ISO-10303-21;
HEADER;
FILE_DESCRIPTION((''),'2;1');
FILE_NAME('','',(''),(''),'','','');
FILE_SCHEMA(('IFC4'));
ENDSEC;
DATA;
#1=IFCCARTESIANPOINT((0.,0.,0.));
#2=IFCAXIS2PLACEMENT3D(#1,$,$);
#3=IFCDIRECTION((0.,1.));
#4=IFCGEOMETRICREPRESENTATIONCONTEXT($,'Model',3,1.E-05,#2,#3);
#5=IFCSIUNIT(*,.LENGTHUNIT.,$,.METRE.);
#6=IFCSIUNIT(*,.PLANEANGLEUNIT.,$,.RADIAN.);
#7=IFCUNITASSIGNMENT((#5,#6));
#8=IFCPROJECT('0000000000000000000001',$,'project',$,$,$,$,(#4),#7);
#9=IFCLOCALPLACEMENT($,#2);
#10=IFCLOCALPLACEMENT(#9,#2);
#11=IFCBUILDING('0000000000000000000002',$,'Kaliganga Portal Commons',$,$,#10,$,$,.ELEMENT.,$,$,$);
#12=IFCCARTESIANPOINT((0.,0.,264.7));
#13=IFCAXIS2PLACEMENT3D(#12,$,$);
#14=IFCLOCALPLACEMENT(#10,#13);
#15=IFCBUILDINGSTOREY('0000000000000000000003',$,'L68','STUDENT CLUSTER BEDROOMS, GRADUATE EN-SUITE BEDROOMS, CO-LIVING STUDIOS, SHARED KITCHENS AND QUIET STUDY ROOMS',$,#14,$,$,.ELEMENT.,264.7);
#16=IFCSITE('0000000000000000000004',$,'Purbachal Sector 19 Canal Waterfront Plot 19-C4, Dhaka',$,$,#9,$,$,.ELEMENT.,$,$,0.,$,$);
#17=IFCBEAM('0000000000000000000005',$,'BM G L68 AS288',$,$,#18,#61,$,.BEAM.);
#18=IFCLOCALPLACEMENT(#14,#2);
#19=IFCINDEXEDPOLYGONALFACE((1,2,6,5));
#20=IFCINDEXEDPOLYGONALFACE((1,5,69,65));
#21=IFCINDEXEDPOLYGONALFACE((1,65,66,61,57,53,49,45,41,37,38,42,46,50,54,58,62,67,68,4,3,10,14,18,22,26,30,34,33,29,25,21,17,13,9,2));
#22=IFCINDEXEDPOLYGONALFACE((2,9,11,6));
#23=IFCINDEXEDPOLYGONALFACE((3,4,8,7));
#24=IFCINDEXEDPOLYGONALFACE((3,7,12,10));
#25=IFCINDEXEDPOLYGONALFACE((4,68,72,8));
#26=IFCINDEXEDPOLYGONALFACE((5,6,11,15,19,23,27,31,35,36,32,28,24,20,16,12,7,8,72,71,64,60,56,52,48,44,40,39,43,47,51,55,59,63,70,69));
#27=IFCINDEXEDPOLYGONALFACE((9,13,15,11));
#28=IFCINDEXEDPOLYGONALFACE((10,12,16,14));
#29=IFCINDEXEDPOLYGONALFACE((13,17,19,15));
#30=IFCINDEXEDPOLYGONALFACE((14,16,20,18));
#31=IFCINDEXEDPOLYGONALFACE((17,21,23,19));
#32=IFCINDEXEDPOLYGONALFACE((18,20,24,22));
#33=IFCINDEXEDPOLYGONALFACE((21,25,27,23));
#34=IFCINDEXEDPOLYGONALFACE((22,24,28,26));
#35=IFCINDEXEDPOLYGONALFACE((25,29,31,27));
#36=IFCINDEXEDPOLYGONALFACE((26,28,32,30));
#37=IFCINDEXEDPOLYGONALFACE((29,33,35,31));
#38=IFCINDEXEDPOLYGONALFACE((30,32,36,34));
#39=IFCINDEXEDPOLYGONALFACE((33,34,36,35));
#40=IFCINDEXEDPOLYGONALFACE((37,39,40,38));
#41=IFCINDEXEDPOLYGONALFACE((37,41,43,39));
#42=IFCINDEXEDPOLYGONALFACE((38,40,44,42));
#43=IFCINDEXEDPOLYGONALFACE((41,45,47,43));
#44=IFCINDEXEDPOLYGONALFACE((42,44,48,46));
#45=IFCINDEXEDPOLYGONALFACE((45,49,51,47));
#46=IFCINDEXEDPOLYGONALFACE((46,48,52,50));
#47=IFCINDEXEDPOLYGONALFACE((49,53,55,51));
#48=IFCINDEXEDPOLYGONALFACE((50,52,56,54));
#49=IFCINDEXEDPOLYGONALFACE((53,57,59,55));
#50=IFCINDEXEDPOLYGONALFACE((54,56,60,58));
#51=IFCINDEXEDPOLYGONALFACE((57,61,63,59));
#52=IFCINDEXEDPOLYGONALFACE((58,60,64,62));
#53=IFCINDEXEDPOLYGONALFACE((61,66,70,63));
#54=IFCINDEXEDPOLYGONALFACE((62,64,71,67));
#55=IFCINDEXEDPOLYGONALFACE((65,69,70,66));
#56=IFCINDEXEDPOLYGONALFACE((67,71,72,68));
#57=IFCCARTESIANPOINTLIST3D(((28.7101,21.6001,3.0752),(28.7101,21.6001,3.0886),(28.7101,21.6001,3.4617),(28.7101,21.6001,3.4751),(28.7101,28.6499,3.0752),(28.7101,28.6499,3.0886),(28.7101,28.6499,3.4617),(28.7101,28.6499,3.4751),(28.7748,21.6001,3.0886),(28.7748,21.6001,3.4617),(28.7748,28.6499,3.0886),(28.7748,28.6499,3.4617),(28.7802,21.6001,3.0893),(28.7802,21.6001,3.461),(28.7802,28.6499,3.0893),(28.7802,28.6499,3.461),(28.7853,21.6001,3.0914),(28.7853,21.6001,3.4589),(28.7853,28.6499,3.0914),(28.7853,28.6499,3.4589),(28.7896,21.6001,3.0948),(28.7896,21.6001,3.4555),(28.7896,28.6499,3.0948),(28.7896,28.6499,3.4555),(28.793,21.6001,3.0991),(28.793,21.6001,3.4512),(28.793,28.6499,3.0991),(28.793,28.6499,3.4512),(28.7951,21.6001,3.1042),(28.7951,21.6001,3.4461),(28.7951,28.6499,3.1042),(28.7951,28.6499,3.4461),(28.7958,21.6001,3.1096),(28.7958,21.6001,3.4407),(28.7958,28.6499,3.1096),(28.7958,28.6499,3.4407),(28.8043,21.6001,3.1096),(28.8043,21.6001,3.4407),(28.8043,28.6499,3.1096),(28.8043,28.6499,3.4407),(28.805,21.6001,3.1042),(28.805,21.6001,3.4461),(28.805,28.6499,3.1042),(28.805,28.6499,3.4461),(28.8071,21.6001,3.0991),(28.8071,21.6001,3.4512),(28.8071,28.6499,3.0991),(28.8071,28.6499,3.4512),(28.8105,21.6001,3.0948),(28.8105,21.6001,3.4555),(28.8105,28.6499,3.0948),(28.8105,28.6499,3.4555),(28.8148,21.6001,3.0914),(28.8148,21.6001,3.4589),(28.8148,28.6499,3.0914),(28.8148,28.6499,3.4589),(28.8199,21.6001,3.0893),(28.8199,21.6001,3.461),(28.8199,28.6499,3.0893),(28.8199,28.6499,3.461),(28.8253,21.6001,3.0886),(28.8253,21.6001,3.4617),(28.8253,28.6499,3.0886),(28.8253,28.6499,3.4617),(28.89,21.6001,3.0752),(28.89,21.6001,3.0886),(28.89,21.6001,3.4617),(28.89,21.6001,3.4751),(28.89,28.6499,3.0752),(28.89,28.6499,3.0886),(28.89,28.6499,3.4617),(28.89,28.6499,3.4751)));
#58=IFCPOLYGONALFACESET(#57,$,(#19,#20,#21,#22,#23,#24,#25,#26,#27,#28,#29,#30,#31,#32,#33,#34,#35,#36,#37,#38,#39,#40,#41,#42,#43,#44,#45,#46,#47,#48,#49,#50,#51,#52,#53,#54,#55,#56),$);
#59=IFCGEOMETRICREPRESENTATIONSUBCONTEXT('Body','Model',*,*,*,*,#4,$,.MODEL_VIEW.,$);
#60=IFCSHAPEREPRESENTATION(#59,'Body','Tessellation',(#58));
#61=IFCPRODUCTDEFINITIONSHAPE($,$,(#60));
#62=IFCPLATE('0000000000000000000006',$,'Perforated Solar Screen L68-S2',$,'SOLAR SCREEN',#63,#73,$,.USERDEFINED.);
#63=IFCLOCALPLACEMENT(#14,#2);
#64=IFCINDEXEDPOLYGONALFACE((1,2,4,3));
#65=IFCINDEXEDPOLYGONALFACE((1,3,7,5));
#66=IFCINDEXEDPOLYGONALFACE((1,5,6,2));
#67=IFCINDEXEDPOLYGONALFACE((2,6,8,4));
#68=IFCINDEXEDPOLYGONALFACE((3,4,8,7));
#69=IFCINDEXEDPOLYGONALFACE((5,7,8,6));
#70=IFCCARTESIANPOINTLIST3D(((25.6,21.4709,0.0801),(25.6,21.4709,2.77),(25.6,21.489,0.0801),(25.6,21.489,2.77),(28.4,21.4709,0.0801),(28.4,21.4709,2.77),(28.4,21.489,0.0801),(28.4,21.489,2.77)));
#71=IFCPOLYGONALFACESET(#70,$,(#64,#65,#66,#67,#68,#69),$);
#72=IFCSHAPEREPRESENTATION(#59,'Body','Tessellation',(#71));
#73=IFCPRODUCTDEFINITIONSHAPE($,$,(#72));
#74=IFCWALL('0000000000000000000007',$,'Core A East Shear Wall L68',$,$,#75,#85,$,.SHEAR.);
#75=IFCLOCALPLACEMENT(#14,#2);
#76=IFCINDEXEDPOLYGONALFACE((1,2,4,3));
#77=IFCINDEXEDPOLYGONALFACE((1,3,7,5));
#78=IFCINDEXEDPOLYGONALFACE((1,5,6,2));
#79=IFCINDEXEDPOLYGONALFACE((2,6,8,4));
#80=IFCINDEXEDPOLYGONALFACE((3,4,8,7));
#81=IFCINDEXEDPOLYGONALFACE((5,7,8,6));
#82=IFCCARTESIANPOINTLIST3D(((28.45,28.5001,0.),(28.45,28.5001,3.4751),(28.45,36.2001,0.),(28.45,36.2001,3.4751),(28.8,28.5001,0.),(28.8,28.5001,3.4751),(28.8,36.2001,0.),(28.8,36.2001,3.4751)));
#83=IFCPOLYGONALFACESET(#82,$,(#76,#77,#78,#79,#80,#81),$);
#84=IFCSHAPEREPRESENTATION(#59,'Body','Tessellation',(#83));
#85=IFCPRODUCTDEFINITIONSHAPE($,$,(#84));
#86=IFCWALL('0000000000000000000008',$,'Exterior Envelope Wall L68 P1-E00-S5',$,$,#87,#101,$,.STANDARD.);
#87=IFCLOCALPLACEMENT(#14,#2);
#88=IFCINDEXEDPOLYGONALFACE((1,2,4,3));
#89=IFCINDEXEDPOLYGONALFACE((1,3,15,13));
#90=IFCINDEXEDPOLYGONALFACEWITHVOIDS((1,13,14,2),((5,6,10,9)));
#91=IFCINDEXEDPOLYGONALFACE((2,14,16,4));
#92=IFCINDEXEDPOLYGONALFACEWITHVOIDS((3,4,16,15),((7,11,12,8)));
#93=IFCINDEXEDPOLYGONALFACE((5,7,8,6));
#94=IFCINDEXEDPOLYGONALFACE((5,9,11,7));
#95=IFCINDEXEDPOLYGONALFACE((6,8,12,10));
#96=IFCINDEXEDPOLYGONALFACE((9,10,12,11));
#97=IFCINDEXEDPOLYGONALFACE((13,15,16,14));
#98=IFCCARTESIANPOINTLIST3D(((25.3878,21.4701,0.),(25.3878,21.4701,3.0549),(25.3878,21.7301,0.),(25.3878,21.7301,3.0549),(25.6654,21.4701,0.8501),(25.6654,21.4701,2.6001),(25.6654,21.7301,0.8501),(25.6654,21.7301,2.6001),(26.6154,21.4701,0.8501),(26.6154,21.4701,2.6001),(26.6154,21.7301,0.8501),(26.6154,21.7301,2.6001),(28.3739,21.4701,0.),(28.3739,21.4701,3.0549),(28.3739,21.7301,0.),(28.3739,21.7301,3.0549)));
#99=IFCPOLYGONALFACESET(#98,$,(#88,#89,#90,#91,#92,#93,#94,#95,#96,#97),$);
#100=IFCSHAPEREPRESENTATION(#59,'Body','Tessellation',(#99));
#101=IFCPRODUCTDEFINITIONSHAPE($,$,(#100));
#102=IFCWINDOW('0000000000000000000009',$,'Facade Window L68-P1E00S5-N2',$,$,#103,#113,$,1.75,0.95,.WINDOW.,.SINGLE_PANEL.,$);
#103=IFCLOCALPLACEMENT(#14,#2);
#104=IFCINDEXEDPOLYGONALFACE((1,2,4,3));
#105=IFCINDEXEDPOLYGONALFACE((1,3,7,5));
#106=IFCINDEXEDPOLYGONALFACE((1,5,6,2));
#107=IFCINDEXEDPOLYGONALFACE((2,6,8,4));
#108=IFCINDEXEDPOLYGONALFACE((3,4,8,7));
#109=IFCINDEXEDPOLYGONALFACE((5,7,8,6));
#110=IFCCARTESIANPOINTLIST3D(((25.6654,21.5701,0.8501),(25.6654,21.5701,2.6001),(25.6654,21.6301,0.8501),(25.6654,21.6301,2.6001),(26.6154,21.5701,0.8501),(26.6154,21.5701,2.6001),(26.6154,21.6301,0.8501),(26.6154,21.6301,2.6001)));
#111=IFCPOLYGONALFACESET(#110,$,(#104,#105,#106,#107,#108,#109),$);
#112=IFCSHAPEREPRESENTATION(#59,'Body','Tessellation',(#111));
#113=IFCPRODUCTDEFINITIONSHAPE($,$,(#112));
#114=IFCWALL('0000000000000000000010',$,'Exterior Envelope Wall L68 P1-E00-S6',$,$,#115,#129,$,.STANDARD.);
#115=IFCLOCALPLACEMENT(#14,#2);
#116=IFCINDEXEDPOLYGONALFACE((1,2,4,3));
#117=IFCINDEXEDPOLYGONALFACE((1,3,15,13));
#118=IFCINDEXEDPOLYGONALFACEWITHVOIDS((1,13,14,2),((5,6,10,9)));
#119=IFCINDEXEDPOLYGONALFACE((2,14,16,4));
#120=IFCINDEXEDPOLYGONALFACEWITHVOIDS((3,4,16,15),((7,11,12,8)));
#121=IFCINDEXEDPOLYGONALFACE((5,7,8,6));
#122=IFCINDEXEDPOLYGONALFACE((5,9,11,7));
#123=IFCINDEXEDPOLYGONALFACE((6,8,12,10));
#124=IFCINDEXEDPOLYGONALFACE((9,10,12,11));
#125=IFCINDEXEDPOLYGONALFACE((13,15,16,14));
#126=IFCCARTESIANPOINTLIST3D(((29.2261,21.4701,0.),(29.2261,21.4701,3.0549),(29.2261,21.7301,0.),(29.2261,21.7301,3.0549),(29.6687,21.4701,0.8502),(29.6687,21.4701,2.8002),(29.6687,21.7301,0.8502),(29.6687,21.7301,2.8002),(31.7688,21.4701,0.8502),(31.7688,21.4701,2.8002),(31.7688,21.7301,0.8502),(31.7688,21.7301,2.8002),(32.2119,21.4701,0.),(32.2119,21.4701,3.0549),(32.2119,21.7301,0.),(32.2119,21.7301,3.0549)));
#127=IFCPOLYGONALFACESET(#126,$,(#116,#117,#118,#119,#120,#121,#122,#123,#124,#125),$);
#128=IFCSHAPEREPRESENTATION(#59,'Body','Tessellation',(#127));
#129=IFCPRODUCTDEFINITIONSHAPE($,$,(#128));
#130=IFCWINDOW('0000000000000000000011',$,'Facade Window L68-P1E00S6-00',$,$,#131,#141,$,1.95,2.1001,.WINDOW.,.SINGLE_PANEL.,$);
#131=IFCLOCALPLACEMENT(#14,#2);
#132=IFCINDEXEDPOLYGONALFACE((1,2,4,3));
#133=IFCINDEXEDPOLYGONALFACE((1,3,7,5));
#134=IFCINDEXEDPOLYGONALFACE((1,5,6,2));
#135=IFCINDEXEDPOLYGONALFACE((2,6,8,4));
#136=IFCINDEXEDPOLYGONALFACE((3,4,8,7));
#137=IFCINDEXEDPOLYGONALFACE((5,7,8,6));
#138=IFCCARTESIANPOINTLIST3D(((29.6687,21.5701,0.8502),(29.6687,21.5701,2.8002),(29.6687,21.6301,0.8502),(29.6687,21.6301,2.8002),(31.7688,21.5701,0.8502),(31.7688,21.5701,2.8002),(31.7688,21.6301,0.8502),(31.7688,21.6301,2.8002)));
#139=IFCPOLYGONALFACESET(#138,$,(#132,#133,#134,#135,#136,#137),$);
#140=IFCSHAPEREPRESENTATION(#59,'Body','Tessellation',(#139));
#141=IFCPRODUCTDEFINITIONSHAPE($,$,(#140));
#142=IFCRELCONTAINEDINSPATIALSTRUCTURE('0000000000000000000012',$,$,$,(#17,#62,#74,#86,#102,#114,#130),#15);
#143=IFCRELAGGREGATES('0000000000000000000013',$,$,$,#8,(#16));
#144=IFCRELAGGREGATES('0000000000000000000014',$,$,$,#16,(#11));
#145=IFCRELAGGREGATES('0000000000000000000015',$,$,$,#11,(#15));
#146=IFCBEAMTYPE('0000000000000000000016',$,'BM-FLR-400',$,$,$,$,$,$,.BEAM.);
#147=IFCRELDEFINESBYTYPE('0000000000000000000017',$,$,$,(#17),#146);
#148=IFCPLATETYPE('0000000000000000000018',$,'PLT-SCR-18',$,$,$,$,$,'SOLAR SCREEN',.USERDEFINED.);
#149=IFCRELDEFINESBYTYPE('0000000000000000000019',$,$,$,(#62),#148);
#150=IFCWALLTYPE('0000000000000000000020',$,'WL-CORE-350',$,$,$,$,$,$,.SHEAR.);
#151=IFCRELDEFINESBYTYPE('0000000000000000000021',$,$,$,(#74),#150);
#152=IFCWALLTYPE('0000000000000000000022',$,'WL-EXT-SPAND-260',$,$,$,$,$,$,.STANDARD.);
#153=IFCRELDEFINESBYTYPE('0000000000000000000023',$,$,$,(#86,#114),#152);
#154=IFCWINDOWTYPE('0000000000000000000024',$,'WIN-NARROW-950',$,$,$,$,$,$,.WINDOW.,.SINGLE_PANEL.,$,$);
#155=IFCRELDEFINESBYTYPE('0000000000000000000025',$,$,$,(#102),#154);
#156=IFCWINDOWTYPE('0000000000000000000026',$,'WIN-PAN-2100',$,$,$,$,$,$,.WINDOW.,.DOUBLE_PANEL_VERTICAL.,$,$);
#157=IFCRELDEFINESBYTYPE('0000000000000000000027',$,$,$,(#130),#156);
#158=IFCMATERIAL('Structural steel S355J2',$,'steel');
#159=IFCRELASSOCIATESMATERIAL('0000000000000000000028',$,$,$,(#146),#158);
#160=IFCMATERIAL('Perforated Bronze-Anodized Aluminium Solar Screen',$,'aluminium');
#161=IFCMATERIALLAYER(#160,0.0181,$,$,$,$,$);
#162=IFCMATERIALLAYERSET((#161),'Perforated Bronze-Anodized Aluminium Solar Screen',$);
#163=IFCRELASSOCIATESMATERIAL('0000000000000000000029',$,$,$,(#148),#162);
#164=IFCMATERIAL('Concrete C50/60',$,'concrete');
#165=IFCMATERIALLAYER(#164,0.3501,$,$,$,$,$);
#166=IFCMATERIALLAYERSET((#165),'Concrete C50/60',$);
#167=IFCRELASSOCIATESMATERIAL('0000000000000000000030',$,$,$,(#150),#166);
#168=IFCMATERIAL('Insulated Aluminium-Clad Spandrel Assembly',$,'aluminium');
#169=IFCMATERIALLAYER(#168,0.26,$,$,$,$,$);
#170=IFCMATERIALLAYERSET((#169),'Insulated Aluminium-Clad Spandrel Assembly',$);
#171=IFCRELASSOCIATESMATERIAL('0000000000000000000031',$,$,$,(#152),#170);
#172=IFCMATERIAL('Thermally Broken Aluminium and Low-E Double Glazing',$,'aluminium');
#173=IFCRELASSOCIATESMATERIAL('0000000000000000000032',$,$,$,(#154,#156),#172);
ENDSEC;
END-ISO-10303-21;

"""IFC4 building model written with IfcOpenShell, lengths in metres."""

from ifc_helpers import new_model, si_unit, direction, frame, frame_2d, origin, origin_2d, place, context, subcontext, project, spatial, rectangle, i_section, extrude, source, transform, mapped, material, layer, layer_set, material_profile, profile_set, type_object, element, fill, save


model = new_model("IFC4")

# Units and contexts
model_context = context("Model", 3, precision=1e-05, world=origin(), true_north=direction((0.0, 1.0)))
body_context = subcontext(model_context, "Body", "Model", "MODEL_VIEW")
ifc_project = project(units=[si_unit("LENGTHUNIT", "METRE"), si_unit("PLANEANGLEUNIT", "RADIAN")], contexts=[model_context])

# Site, building, storey
site_placement = place(None, origin())
site = spatial("IfcSite", under=ifc_project, at=site_placement, Name="Purbachal Sector 19 Canal Waterfront Plot 19-C4, Dhaka", CompositionType="ELEMENT", RefElevation=0.0)
building_placement = place(site_placement, origin())
building = spatial("IfcBuilding", under=site, at=building_placement, Name="Kaliganga Portal Commons", CompositionType="ELEMENT")
storey_placement = place(building_placement, frame((0.0, 0.0, 264.7)))
storey = spatial("IfcBuildingStorey", under=building, at=storey_placement, Name="L68", Description="STUDENT CLUSTER BEDROOMS, GRADUATE EN-SUITE BEDROOMS, CO-LIVING STUDIOS, SHARED KITCHENS AND QUIET STUDY ROOMS", CompositionType="ELEMENT", Elevation=264.7)

# Shared definitions
ifc_material_1 = material(Name="Concrete C50/60", Category="concrete")

# Beam
ifc_material_2 = material(Name="Structural steel S355J2", Category="steel")
ifc_material_profile_1 = material_profile(ifc_material_2, i_section(OverallWidth=0.1799, OverallDepth=0.3999, WebThickness=0.0085, FlangeThickness=0.0134, FilletRadius=0.021, at=origin_2d()), Name="IPE 400")
ifc_profile_set_1 = profile_set([ifc_material_profile_1], Name="Structural steel S355J2 wide-flange")
beam_type_1 = type_object("IfcBeamType", Name="BM-FLR-400", PredefinedType="BEAM", material=ifc_profile_set_1)
shared_shape_1 = source(origin(), body_context, "Body", "SweptSolid", [
    extrude(i_section(OverallWidth=0.1799, OverallDepth=0.3999, WebThickness=0.0085, FlangeThickness=0.0134, FilletRadius=0.021, at=origin_2d()), origin(), (0.0, 0.0, 1.0), 7.0498),
])
beam_1_placement = place(storey_placement, frame((28.8, 21.6001, 3.2751), z_axis=(0.0, 1.0, 0.0), x_axis=(-1.0, 0.0, 0.0)))
element("IfcBeam", 1, at=beam_1_placement, inside=storey, type_object=beam_type_1, Name="BM G L68 AS288", PredefinedType="BEAM", context=body_context, shape_type="MappedRepresentation", body=[
    mapped(shared_shape_1, transform((0.0, 0.0, 0.0), x_axis=(1.0, 0.0, 0.0), y_axis=(0.0, 1.0, 0.0), z_axis=(0.0, 0.0, 1.0), scale=1.0)),
])

# Plate
ifc_material_3 = material(Name="Perforated Bronze-Anodized Aluminium Solar Screen", Category="aluminium")
ifc_layer_1 = layer(ifc_material_3, 0.0181)
ifc_layer_set_1 = layer_set([ifc_layer_1], Name="Perforated Bronze-Anodized Aluminium Solar Screen")
plate_type = type_object("IfcPlateType", Name="PLT-SCR-18", ElementType="SOLAR SCREEN", PredefinedType="USERDEFINED", material=ifc_layer_set_1)
shared_shape_2 = source(origin(), body_context, "Body", "SweptSolid", [
    extrude(rectangle(XDim=2.8, YDim=0.0181, at=origin_2d()), origin(), (0.0, 0.0, 1.0), 2.6899),
])
plate_placement = place(storey_placement, frame((27.0, 21.48, 0.0801), z_axis=(0.0, 0.0, 1.0), x_axis=(1.0, 0.0, 0.0)))
element("IfcPlate", 2, at=plate_placement, inside=storey, type_object=plate_type, Name="Perforated Solar Screen L68-S2", ObjectType="SOLAR SCREEN", PredefinedType="USERDEFINED", context=body_context, shape_type="MappedRepresentation", body=[
    mapped(shared_shape_2, transform((0.0, 0.0, 0.0), x_axis=(1.0, 0.0, 0.0), y_axis=(0.0, 1.0, 0.0), z_axis=(0.0, 0.0, 1.0), scale=1.0)),
])

# Wall
ifc_layer_2 = layer(ifc_material_1, 0.3501)
ifc_layer_set_2 = layer_set([ifc_layer_2], Name="Concrete C50/60")
wall_type_1 = type_object("IfcWallType", Name="WL-CORE-350", PredefinedType="SHEAR", material=ifc_layer_set_2)
wall_1_placement = place(storey_placement, frame((28.625, 28.5, 0.0), z_axis=(0.0, 0.0, 1.0), x_axis=(0.0, 1.0, 0.0)))
element("IfcWall", 3, at=wall_1_placement, inside=storey, type_object=wall_type_1, Name="Core A East Shear Wall L68", PredefinedType="SHEAR", context=body_context, shape_type="SweptSolid", body=[
    extrude(rectangle(XDim=7.7, YDim=0.3501, at=frame_2d((3.8501, 0.0))), origin(), (0.0, 0.0, 1.0), 3.4751),
])

# Walls, openings, windows
ifc_material_4 = material(Name="Insulated Aluminium-Clad Spandrel Assembly", Category="aluminium")
ifc_layer_3 = layer(ifc_material_4, 0.26)
ifc_layer_set_3 = layer_set([ifc_layer_3], Name="Insulated Aluminium-Clad Spandrel Assembly")
wall_type_2 = type_object("IfcWallType", Name="WL-EXT-SPAND-260", PredefinedType="STANDARD", material=ifc_layer_set_3)
wall_2_placement = place(storey_placement, frame((28.374, 21.6001, 0.0), z_axis=(0.0, 0.0, 1.0), x_axis=(-1.0, 0.0, 0.0)))
wall_2 = element("IfcWall", 4, at=wall_2_placement, inside=storey, type_object=wall_type_2, Name="Exterior Envelope Wall L68 P1-E00-S5", PredefinedType="STANDARD", context=body_context, shape_type="SweptSolid", body=[
    extrude(rectangle(XDim=2.9861, YDim=0.26, at=frame_2d((1.4932, 0.0))), origin(), (0.0, 0.0, 1.0), 3.0549),
])
opening_1_placement = place(wall_2_placement, frame((1.7585, 0.0, 0.8501)))
opening_1 = element("IfcOpeningElement", 5, at=opening_1_placement, cuts=wall_2, PredefinedType="OPENING", context=body_context, shape_type="SweptSolid", body=[
    extrude(rectangle(XDim=0.95, YDim=1.75, at=frame_2d((0.4751, 0.875))), frame((0.0, 0.1401, 0.0), z_axis=(0.0, -1.0, 0.0), x_axis=(1.0, 0.0, 0.0)), (0.0, 0.0, 1.0), 0.28),
])
ifc_material_5 = material(Name="Thermally Broken Aluminium and Low-E Double Glazing", Category="aluminium")
window_type_1 = type_object("IfcWindowType", Name="WIN-NARROW-950", PartitioningType="SINGLE_PANEL", PredefinedType="WINDOW", material=ifc_material_5)
window_1_placement = place(opening_1_placement, origin())
window_1 = element("IfcWindow", 6, at=window_1_placement, inside=storey, type_object=window_type_1, Name="Facade Window L68-P1E00S5-N2", OverallHeight=1.75, OverallWidth=0.95, PartitioningType="SINGLE_PANEL", PredefinedType="WINDOW", context=body_context, shape_type="SweptSolid", body=[
    extrude(rectangle(XDim=0.95, YDim=1.75, at=frame_2d((0.4751, 0.875))), frame((0.0, 0.03, 0.0), z_axis=(0.0, -1.0, 0.0), x_axis=(1.0, 0.0, 0.0)), (0.0, 0.0, 1.0), 0.0601),
])
fill(opening_1, window_1)
wall_3_placement = place(storey_placement, frame((32.2119, 21.6001, 0.0), z_axis=(0.0, 0.0, 1.0), x_axis=(-1.0, 0.0, 0.0)))
wall_3 = element("IfcWall", 7, at=wall_3_placement, inside=storey, type_object=wall_type_2, Name="Exterior Envelope Wall L68 P1-E00-S6", PredefinedType="STANDARD", context=body_context, shape_type="SweptSolid", body=[
    extrude(rectangle(XDim=2.9858, YDim=0.26, at=frame_2d((1.4929, 0.0))), origin(), (0.0, 0.0, 1.0), 3.0549),
])
opening_2_placement = place(wall_3_placement, frame((0.4431, 0.0, 0.8501)))
opening_2 = element("IfcOpeningElement", 8, at=opening_2_placement, cuts=wall_3, PredefinedType="OPENING", context=body_context, shape_type="SweptSolid", body=[
    extrude(rectangle(XDim=2.1001, YDim=1.95, at=frame_2d((1.05, 0.9751))), frame((0.0, 0.1401, 0.0), z_axis=(0.0, -1.0, 0.0), x_axis=(1.0, 0.0, 0.0)), (0.0, 0.0, 1.0), 0.28),
])
window_type_2 = type_object("IfcWindowType", Name="WIN-PAN-2100", PartitioningType="DOUBLE_PANEL_VERTICAL", PredefinedType="WINDOW", material=ifc_material_5)
window_2_placement = place(opening_2_placement, origin())
window_2 = element("IfcWindow", 9, at=window_2_placement, inside=storey, type_object=window_type_2, Name="Facade Window L68-P1E00S6-00", OverallHeight=1.95, OverallWidth=2.1001, PartitioningType="SINGLE_PANEL", PredefinedType="WINDOW", context=body_context, shape_type="SweptSolid", body=[
    extrude(rectangle(XDim=2.1001, YDim=1.95, at=frame_2d((1.05, 0.9751))), frame((0.0, 0.03, 0.0), z_axis=(0.0, -1.0, 0.0), x_axis=(1.0, 0.0, 0.0)), (0.0, 0.0, 1.0), 0.0601),
])
fill(opening_2, window_2)

save(model, "model.ifc")
